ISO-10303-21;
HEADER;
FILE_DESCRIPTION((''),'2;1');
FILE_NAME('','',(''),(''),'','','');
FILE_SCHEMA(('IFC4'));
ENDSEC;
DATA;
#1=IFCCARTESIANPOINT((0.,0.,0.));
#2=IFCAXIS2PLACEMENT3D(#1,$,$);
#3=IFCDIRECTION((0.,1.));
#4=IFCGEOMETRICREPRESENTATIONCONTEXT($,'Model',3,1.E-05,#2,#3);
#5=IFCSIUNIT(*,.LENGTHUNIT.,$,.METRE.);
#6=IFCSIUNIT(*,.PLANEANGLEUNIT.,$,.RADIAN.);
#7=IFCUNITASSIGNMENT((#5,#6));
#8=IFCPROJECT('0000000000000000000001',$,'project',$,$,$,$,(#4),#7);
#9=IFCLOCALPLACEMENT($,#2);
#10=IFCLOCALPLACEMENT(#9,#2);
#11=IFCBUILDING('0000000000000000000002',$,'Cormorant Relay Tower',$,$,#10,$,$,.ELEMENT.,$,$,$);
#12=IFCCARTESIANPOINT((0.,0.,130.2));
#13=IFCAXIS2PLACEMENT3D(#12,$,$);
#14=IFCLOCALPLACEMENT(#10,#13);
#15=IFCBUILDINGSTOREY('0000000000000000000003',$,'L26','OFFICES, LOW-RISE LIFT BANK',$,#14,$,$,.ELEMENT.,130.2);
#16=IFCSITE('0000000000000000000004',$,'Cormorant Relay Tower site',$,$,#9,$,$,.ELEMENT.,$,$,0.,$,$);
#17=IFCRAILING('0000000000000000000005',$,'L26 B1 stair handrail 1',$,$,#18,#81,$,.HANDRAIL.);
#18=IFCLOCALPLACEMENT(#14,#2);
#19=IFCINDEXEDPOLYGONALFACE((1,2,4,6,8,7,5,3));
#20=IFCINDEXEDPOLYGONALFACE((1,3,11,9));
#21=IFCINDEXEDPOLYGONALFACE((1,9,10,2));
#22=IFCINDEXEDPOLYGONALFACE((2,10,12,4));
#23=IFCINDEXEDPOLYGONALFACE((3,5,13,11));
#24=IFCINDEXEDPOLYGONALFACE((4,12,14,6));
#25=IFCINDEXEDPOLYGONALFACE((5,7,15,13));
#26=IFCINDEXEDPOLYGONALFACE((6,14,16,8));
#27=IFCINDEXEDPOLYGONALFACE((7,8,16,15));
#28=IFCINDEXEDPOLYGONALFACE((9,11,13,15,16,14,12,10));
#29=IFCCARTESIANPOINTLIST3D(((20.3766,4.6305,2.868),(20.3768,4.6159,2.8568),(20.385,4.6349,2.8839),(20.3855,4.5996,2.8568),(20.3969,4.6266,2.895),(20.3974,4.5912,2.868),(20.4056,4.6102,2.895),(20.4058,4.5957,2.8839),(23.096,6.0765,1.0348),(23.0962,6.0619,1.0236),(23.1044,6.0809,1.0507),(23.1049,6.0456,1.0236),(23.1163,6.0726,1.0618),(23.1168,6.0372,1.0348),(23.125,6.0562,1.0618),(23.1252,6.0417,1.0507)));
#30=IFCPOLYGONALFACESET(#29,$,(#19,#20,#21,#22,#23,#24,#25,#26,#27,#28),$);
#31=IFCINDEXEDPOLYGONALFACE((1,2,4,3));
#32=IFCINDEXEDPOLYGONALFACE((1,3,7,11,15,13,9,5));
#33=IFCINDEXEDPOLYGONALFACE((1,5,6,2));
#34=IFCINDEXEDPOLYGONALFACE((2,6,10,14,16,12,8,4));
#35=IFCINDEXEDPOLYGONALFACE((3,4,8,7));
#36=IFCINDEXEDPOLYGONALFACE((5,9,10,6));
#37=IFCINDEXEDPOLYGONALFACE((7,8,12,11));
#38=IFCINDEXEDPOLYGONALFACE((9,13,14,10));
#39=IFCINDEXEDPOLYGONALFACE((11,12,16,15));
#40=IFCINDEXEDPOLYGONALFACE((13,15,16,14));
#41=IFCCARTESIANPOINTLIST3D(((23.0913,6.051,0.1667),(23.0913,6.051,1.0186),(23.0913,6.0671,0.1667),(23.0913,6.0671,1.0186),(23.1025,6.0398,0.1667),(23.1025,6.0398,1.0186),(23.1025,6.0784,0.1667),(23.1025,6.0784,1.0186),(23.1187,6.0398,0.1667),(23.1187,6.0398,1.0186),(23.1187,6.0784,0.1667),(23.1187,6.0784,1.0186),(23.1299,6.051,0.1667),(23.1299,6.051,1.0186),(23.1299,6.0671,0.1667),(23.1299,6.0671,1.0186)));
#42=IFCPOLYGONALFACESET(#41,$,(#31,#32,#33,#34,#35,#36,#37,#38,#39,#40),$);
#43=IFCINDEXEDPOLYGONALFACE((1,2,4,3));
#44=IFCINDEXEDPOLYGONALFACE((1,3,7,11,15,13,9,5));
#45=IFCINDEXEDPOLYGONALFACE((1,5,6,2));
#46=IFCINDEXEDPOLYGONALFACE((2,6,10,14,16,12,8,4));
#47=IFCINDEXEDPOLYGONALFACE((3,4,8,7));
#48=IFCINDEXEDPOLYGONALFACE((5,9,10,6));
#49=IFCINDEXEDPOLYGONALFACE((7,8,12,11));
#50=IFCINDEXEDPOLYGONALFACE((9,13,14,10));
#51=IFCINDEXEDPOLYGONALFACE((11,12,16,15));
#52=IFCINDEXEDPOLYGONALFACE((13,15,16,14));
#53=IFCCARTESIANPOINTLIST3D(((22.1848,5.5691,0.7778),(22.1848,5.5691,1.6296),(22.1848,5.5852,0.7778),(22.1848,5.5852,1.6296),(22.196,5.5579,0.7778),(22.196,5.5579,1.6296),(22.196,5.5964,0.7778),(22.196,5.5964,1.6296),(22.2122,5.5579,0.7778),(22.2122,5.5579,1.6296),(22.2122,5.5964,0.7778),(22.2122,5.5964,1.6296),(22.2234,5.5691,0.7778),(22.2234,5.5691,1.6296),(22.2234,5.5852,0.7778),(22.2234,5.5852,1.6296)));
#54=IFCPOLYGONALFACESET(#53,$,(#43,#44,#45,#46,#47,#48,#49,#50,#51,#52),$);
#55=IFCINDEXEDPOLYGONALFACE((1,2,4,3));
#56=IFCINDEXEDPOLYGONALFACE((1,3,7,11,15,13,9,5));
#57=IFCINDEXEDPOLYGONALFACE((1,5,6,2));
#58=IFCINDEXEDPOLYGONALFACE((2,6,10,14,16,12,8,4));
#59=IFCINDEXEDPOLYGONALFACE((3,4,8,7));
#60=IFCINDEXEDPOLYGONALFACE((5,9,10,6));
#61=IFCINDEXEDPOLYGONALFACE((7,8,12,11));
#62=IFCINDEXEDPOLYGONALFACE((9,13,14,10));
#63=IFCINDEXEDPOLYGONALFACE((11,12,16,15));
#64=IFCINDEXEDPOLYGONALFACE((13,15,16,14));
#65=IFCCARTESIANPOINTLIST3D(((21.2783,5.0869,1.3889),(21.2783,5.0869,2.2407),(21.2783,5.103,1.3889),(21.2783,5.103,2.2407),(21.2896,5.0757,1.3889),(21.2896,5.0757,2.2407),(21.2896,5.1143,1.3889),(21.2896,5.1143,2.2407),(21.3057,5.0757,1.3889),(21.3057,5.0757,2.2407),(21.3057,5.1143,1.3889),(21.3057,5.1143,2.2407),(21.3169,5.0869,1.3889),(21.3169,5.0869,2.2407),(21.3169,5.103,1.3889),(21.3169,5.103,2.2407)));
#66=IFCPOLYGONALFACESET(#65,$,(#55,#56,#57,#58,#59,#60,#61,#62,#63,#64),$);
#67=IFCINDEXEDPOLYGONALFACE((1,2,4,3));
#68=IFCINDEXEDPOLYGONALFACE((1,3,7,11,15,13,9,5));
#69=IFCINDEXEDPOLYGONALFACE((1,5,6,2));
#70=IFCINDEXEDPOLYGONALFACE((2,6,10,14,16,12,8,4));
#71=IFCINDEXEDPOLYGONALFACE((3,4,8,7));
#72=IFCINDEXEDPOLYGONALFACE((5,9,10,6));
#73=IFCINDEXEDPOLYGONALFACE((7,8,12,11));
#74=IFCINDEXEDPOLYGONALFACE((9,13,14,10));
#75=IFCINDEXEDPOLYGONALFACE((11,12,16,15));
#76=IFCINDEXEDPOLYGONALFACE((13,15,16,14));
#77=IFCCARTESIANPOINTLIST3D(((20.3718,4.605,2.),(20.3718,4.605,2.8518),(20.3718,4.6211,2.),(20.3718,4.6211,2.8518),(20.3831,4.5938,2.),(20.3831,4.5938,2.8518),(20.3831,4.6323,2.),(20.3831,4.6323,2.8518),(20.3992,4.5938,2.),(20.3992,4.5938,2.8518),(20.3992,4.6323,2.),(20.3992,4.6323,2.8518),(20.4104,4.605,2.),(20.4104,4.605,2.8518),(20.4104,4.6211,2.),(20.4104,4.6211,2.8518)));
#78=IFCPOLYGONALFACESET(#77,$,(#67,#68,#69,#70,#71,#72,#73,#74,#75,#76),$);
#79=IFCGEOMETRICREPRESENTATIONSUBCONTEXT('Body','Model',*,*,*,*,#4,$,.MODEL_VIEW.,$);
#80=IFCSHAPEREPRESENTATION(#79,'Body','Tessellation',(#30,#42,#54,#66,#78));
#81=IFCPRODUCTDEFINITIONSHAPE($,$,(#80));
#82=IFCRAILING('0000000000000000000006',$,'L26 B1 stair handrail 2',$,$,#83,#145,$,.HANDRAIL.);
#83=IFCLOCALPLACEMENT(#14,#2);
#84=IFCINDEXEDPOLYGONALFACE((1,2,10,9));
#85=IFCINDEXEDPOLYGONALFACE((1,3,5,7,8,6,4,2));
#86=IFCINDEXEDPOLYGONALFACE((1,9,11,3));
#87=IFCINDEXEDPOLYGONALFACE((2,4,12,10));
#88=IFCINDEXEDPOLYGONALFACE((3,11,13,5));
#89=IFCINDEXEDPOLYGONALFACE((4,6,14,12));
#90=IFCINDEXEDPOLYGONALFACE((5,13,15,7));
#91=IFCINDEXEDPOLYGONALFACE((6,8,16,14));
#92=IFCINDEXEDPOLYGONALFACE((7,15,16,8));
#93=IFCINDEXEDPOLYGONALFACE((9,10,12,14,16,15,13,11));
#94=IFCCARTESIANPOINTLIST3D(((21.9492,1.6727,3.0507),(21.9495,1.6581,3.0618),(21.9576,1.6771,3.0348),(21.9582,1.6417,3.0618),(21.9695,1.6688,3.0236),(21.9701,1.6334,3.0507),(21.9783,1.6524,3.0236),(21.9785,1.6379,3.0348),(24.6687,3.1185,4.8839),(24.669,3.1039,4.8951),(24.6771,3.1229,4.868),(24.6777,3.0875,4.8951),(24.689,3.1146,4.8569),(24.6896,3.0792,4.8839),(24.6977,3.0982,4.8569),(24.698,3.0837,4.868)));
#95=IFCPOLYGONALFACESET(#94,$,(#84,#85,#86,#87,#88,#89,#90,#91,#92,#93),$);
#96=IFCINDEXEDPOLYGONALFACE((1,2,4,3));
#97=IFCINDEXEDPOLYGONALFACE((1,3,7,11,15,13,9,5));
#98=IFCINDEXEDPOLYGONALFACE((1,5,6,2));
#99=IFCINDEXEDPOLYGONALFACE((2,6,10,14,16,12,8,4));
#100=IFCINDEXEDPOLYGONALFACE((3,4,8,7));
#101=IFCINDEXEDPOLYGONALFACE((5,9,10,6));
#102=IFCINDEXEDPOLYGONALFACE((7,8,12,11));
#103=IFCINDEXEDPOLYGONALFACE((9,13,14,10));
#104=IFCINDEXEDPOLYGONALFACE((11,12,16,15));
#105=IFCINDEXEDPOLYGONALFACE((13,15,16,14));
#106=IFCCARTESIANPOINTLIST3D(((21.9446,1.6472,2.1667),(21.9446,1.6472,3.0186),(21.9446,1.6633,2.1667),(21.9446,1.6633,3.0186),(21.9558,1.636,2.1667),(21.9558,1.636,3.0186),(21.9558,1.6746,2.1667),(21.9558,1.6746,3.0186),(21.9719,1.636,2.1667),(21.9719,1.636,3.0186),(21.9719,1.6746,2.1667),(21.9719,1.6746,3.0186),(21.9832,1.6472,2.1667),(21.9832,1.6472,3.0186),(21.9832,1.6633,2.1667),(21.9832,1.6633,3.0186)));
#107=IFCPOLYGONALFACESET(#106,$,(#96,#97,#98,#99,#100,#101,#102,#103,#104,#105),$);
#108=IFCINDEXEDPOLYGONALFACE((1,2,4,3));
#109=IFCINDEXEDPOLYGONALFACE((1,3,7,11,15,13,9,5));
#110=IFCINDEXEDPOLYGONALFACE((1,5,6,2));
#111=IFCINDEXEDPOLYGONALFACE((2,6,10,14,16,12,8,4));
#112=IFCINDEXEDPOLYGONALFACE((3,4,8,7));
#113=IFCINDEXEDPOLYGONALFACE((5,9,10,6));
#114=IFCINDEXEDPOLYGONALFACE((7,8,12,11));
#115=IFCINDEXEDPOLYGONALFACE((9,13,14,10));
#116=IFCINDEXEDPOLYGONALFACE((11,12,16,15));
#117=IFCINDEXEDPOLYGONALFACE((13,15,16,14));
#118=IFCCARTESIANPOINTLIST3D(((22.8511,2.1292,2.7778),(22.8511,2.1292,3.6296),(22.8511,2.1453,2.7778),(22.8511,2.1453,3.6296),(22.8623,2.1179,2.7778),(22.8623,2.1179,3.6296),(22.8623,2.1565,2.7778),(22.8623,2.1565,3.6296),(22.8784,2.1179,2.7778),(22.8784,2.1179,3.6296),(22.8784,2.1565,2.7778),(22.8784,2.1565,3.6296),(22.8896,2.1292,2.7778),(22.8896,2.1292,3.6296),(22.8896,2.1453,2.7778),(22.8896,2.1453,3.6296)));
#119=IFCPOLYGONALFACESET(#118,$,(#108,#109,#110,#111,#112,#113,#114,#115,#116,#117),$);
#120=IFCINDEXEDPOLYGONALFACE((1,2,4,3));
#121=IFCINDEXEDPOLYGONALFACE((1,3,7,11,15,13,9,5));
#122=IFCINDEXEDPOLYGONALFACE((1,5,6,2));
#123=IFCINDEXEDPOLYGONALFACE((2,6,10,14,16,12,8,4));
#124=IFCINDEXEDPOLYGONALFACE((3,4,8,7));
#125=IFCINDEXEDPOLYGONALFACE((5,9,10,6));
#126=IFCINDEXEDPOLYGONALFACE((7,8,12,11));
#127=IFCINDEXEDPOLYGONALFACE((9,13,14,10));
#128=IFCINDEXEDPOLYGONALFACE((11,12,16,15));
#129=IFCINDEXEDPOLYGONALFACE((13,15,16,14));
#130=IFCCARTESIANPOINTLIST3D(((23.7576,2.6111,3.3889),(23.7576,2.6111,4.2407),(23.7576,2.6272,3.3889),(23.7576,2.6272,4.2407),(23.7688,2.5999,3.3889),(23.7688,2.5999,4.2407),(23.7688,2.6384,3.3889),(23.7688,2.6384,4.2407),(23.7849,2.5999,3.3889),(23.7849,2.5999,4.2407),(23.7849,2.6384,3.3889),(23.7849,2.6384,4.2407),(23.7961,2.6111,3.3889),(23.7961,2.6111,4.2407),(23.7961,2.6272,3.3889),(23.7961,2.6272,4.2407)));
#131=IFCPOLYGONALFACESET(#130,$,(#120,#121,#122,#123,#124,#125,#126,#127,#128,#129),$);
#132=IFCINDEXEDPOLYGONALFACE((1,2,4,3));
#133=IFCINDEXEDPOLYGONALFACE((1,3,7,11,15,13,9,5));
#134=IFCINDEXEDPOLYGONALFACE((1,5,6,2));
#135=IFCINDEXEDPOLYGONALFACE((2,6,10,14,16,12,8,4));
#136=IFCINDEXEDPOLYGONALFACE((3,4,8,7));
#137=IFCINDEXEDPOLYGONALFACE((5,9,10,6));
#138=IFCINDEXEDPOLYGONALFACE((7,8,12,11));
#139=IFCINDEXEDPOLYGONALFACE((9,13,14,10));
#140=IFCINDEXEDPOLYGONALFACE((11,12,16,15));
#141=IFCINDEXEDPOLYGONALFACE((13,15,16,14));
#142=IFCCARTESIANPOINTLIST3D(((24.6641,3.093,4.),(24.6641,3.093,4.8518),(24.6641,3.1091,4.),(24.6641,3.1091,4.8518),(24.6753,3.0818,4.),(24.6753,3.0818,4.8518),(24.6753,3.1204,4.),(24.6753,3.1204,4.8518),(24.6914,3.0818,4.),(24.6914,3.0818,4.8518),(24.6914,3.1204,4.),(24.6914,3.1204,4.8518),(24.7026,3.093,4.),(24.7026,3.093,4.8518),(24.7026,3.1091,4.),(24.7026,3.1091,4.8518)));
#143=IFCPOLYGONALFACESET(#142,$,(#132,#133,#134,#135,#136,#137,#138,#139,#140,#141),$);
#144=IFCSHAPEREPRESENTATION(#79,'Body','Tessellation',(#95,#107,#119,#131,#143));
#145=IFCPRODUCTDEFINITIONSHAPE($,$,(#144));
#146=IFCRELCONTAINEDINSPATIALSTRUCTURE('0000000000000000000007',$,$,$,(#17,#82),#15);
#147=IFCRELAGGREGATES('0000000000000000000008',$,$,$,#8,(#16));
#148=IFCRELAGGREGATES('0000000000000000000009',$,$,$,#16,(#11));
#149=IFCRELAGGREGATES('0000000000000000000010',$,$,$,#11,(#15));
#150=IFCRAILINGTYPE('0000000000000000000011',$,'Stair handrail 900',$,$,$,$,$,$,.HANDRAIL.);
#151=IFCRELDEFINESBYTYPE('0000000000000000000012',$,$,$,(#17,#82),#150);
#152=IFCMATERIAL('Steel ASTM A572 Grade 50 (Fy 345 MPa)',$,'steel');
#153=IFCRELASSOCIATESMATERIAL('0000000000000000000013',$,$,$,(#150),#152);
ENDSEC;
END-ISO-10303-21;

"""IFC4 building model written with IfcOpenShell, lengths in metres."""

from ifc_helpers import new_model, si_unit, direction, frame, origin, place, context, subcontext, project, spatial, polyline, outline, extrude, material, type_object, element, save


model = new_model("IFC4")

# Units and contexts
model_context = context("Model", 3, precision=1e-05, world=origin(), true_north=direction((0.0, 1.0)))
body_context = subcontext(model_context, "Body", "Model", "MODEL_VIEW")
ifc_project = project(units=[si_unit("LENGTHUNIT", "METRE"), si_unit("PLANEANGLEUNIT", "RADIAN")], contexts=[model_context])

# Site, building, storey
site_placement = place(None, origin())
site = spatial("IfcSite", under=ifc_project, at=site_placement, Name="Cormorant Relay Tower site", CompositionType="ELEMENT", RefElevation=0.0)
building_placement = place(site_placement, origin())
building = spatial("IfcBuilding", under=site, at=building_placement, Name="Cormorant Relay Tower", CompositionType="ELEMENT")
storey_placement = place(building_placement, frame((0.0, 0.0, 130.2)))
storey = spatial("IfcBuildingStorey", under=building, at=storey_placement, Name="L26", Description="OFFICES, LOW-RISE LIFT BANK", CompositionType="ELEMENT", Elevation=130.2)

# Railings
ifc_material_1 = material(Name="Steel ASTM A572 Grade 50 (Fy 345 MPa)", Category="steel")
railing_type_1 = type_object("IfcRailingType", Name="Stair handrail 900", PredefinedType="HANDRAIL", material=ifc_material_1)
railing_1_placement = place(storey_placement, frame((23.1106, 6.0591, 0.1667)))
element("IfcRailing", 1, at=railing_1_placement, inside=storey, type_object=railing_type_1, Name="L26 B1 stair handrail 1", PredefinedType="HANDRAIL", context=body_context, shape_type="SweptSolid", body=[
    extrude(outline(polyline([(0.0222, 0.0093), (0.0093, 0.0222), (-0.0093, 0.0222), (-0.0222, 0.0093), (-0.0222, -0.0093), (-0.0093, -0.0222), (0.0093, -0.0222), (0.0222, -0.0093), (0.0222, 0.0093)])), frame((0.0, 0.0, 0.876), z_axis=(-0.758714, -0.403435, 0.511463), x_axis=(0.469489, -0.882938, 0.0)), (0.0, 0.0, 1.0), 3.5842),
    extrude(outline(polyline([(0.0193, 0.0081), (0.0081, 0.0193), (-0.0081, 0.0193), (-0.0193, 0.0081), (-0.0193, -0.0081), (-0.0081, -0.0193), (0.0081, -0.0193), (0.0193, -0.0081), (0.0193, 0.0081)])), origin(), (0.0, 0.0, 1.0), 0.8518),
    extrude(outline(polyline([(0.0193, 0.0081), (0.0081, 0.0193), (-0.0081, 0.0193), (-0.0193, 0.0081), (-0.0193, -0.0081), (-0.0081, -0.0193), (0.0081, -0.0193), (0.0193, -0.0081), (0.0193, 0.0081)])), frame((-0.9065, -0.4819, 0.6111)), (0.0, 0.0, 1.0), 0.8518),
    extrude(outline(polyline([(0.0193, 0.0081), (0.0081, 0.0193), (-0.0081, 0.0193), (-0.0193, 0.0081), (-0.0193, -0.0081), (-0.0081, -0.0193), (0.0081, -0.0193), (0.0193, -0.0081), (0.0193, 0.0081)])), frame((-1.813, -0.9641, 1.2222)), (0.0, 0.0, 1.0), 0.8518),
    extrude(outline(polyline([(0.0193, 0.0081), (0.0081, 0.0193), (-0.0081, 0.0193), (-0.0193, 0.0081), (-0.0193, -0.0081), (-0.0081, -0.0193), (0.0081, -0.0193), (0.0193, -0.0081), (0.0193, 0.0081)])), frame((-2.7195, -1.446, 1.8333)), (0.0, 0.0, 1.0), 0.8518),
])
railing_2_placement = place(storey_placement, frame((21.9639, 1.6553, 2.1667)))
element("IfcRailing", 2, at=railing_2_placement, inside=storey, type_object=railing_type_1, Name="L26 B1 stair handrail 2", PredefinedType="HANDRAIL", context=body_context, shape_type="SweptSolid", body=[
    extrude(outline(polyline([(0.0222, 0.0093), (0.0093, 0.0222), (-0.0093, 0.0222), (-0.0222, 0.0093), (-0.0222, -0.0093), (-0.0093, -0.0222), (0.0093, -0.0222), (0.0222, -0.0093), (0.0222, 0.0093)])), frame((0.0, 0.0, 0.876), z_axis=(0.758735, 0.403378, 0.511477), x_axis=(-0.469428, 0.882971, 0.0)), (0.0, 0.0, 1.0), 3.5842),
    extrude(outline(polyline([(0.0193, 0.0081), (0.0081, 0.0193), (-0.0081, 0.0193), (-0.0193, 0.0081), (-0.0193, -0.0081), (-0.0081, -0.0193), (0.0081, -0.0193), (0.0193, -0.0081), (0.0193, 0.0081)])), origin(), (0.0, 0.0, 1.0), 0.8518),
    extrude(outline(polyline([(0.0193, 0.0081), (0.0081, 0.0193), (-0.0081, 0.0193), (-0.0193, 0.0081), (-0.0193, -0.0081), (-0.0081, -0.0193), (0.0081, -0.0193), (0.0193, -0.0081), (0.0193, 0.0081)])), frame((0.9065, 0.4819, 0.6111)), (0.0, 0.0, 1.0), 0.8518),
    extrude(outline(polyline([(0.0193, 0.0081), (0.0081, 0.0193), (-0.0081, 0.0193), (-0.0193, 0.0081), (-0.0193, -0.0081), (-0.0081, -0.0193), (0.0081, -0.0193), (0.0193, -0.0081), (0.0193, 0.0081)])), frame((1.813, 0.9639, 1.2222)), (0.0, 0.0, 1.0), 0.8518),
    extrude(outline(polyline([(0.0193, 0.0081), (0.0081, 0.0193), (-0.0081, 0.0193), (-0.0193, 0.0081), (-0.0193, -0.0081), (-0.0081, -0.0193), (0.0081, -0.0193), (0.0193, -0.0081), (0.0193, 0.0081)])), frame((2.7195, 1.4458, 1.8333)), (0.0, 0.0, 1.0), 0.8518),
])

save(model, "model.ifc")
